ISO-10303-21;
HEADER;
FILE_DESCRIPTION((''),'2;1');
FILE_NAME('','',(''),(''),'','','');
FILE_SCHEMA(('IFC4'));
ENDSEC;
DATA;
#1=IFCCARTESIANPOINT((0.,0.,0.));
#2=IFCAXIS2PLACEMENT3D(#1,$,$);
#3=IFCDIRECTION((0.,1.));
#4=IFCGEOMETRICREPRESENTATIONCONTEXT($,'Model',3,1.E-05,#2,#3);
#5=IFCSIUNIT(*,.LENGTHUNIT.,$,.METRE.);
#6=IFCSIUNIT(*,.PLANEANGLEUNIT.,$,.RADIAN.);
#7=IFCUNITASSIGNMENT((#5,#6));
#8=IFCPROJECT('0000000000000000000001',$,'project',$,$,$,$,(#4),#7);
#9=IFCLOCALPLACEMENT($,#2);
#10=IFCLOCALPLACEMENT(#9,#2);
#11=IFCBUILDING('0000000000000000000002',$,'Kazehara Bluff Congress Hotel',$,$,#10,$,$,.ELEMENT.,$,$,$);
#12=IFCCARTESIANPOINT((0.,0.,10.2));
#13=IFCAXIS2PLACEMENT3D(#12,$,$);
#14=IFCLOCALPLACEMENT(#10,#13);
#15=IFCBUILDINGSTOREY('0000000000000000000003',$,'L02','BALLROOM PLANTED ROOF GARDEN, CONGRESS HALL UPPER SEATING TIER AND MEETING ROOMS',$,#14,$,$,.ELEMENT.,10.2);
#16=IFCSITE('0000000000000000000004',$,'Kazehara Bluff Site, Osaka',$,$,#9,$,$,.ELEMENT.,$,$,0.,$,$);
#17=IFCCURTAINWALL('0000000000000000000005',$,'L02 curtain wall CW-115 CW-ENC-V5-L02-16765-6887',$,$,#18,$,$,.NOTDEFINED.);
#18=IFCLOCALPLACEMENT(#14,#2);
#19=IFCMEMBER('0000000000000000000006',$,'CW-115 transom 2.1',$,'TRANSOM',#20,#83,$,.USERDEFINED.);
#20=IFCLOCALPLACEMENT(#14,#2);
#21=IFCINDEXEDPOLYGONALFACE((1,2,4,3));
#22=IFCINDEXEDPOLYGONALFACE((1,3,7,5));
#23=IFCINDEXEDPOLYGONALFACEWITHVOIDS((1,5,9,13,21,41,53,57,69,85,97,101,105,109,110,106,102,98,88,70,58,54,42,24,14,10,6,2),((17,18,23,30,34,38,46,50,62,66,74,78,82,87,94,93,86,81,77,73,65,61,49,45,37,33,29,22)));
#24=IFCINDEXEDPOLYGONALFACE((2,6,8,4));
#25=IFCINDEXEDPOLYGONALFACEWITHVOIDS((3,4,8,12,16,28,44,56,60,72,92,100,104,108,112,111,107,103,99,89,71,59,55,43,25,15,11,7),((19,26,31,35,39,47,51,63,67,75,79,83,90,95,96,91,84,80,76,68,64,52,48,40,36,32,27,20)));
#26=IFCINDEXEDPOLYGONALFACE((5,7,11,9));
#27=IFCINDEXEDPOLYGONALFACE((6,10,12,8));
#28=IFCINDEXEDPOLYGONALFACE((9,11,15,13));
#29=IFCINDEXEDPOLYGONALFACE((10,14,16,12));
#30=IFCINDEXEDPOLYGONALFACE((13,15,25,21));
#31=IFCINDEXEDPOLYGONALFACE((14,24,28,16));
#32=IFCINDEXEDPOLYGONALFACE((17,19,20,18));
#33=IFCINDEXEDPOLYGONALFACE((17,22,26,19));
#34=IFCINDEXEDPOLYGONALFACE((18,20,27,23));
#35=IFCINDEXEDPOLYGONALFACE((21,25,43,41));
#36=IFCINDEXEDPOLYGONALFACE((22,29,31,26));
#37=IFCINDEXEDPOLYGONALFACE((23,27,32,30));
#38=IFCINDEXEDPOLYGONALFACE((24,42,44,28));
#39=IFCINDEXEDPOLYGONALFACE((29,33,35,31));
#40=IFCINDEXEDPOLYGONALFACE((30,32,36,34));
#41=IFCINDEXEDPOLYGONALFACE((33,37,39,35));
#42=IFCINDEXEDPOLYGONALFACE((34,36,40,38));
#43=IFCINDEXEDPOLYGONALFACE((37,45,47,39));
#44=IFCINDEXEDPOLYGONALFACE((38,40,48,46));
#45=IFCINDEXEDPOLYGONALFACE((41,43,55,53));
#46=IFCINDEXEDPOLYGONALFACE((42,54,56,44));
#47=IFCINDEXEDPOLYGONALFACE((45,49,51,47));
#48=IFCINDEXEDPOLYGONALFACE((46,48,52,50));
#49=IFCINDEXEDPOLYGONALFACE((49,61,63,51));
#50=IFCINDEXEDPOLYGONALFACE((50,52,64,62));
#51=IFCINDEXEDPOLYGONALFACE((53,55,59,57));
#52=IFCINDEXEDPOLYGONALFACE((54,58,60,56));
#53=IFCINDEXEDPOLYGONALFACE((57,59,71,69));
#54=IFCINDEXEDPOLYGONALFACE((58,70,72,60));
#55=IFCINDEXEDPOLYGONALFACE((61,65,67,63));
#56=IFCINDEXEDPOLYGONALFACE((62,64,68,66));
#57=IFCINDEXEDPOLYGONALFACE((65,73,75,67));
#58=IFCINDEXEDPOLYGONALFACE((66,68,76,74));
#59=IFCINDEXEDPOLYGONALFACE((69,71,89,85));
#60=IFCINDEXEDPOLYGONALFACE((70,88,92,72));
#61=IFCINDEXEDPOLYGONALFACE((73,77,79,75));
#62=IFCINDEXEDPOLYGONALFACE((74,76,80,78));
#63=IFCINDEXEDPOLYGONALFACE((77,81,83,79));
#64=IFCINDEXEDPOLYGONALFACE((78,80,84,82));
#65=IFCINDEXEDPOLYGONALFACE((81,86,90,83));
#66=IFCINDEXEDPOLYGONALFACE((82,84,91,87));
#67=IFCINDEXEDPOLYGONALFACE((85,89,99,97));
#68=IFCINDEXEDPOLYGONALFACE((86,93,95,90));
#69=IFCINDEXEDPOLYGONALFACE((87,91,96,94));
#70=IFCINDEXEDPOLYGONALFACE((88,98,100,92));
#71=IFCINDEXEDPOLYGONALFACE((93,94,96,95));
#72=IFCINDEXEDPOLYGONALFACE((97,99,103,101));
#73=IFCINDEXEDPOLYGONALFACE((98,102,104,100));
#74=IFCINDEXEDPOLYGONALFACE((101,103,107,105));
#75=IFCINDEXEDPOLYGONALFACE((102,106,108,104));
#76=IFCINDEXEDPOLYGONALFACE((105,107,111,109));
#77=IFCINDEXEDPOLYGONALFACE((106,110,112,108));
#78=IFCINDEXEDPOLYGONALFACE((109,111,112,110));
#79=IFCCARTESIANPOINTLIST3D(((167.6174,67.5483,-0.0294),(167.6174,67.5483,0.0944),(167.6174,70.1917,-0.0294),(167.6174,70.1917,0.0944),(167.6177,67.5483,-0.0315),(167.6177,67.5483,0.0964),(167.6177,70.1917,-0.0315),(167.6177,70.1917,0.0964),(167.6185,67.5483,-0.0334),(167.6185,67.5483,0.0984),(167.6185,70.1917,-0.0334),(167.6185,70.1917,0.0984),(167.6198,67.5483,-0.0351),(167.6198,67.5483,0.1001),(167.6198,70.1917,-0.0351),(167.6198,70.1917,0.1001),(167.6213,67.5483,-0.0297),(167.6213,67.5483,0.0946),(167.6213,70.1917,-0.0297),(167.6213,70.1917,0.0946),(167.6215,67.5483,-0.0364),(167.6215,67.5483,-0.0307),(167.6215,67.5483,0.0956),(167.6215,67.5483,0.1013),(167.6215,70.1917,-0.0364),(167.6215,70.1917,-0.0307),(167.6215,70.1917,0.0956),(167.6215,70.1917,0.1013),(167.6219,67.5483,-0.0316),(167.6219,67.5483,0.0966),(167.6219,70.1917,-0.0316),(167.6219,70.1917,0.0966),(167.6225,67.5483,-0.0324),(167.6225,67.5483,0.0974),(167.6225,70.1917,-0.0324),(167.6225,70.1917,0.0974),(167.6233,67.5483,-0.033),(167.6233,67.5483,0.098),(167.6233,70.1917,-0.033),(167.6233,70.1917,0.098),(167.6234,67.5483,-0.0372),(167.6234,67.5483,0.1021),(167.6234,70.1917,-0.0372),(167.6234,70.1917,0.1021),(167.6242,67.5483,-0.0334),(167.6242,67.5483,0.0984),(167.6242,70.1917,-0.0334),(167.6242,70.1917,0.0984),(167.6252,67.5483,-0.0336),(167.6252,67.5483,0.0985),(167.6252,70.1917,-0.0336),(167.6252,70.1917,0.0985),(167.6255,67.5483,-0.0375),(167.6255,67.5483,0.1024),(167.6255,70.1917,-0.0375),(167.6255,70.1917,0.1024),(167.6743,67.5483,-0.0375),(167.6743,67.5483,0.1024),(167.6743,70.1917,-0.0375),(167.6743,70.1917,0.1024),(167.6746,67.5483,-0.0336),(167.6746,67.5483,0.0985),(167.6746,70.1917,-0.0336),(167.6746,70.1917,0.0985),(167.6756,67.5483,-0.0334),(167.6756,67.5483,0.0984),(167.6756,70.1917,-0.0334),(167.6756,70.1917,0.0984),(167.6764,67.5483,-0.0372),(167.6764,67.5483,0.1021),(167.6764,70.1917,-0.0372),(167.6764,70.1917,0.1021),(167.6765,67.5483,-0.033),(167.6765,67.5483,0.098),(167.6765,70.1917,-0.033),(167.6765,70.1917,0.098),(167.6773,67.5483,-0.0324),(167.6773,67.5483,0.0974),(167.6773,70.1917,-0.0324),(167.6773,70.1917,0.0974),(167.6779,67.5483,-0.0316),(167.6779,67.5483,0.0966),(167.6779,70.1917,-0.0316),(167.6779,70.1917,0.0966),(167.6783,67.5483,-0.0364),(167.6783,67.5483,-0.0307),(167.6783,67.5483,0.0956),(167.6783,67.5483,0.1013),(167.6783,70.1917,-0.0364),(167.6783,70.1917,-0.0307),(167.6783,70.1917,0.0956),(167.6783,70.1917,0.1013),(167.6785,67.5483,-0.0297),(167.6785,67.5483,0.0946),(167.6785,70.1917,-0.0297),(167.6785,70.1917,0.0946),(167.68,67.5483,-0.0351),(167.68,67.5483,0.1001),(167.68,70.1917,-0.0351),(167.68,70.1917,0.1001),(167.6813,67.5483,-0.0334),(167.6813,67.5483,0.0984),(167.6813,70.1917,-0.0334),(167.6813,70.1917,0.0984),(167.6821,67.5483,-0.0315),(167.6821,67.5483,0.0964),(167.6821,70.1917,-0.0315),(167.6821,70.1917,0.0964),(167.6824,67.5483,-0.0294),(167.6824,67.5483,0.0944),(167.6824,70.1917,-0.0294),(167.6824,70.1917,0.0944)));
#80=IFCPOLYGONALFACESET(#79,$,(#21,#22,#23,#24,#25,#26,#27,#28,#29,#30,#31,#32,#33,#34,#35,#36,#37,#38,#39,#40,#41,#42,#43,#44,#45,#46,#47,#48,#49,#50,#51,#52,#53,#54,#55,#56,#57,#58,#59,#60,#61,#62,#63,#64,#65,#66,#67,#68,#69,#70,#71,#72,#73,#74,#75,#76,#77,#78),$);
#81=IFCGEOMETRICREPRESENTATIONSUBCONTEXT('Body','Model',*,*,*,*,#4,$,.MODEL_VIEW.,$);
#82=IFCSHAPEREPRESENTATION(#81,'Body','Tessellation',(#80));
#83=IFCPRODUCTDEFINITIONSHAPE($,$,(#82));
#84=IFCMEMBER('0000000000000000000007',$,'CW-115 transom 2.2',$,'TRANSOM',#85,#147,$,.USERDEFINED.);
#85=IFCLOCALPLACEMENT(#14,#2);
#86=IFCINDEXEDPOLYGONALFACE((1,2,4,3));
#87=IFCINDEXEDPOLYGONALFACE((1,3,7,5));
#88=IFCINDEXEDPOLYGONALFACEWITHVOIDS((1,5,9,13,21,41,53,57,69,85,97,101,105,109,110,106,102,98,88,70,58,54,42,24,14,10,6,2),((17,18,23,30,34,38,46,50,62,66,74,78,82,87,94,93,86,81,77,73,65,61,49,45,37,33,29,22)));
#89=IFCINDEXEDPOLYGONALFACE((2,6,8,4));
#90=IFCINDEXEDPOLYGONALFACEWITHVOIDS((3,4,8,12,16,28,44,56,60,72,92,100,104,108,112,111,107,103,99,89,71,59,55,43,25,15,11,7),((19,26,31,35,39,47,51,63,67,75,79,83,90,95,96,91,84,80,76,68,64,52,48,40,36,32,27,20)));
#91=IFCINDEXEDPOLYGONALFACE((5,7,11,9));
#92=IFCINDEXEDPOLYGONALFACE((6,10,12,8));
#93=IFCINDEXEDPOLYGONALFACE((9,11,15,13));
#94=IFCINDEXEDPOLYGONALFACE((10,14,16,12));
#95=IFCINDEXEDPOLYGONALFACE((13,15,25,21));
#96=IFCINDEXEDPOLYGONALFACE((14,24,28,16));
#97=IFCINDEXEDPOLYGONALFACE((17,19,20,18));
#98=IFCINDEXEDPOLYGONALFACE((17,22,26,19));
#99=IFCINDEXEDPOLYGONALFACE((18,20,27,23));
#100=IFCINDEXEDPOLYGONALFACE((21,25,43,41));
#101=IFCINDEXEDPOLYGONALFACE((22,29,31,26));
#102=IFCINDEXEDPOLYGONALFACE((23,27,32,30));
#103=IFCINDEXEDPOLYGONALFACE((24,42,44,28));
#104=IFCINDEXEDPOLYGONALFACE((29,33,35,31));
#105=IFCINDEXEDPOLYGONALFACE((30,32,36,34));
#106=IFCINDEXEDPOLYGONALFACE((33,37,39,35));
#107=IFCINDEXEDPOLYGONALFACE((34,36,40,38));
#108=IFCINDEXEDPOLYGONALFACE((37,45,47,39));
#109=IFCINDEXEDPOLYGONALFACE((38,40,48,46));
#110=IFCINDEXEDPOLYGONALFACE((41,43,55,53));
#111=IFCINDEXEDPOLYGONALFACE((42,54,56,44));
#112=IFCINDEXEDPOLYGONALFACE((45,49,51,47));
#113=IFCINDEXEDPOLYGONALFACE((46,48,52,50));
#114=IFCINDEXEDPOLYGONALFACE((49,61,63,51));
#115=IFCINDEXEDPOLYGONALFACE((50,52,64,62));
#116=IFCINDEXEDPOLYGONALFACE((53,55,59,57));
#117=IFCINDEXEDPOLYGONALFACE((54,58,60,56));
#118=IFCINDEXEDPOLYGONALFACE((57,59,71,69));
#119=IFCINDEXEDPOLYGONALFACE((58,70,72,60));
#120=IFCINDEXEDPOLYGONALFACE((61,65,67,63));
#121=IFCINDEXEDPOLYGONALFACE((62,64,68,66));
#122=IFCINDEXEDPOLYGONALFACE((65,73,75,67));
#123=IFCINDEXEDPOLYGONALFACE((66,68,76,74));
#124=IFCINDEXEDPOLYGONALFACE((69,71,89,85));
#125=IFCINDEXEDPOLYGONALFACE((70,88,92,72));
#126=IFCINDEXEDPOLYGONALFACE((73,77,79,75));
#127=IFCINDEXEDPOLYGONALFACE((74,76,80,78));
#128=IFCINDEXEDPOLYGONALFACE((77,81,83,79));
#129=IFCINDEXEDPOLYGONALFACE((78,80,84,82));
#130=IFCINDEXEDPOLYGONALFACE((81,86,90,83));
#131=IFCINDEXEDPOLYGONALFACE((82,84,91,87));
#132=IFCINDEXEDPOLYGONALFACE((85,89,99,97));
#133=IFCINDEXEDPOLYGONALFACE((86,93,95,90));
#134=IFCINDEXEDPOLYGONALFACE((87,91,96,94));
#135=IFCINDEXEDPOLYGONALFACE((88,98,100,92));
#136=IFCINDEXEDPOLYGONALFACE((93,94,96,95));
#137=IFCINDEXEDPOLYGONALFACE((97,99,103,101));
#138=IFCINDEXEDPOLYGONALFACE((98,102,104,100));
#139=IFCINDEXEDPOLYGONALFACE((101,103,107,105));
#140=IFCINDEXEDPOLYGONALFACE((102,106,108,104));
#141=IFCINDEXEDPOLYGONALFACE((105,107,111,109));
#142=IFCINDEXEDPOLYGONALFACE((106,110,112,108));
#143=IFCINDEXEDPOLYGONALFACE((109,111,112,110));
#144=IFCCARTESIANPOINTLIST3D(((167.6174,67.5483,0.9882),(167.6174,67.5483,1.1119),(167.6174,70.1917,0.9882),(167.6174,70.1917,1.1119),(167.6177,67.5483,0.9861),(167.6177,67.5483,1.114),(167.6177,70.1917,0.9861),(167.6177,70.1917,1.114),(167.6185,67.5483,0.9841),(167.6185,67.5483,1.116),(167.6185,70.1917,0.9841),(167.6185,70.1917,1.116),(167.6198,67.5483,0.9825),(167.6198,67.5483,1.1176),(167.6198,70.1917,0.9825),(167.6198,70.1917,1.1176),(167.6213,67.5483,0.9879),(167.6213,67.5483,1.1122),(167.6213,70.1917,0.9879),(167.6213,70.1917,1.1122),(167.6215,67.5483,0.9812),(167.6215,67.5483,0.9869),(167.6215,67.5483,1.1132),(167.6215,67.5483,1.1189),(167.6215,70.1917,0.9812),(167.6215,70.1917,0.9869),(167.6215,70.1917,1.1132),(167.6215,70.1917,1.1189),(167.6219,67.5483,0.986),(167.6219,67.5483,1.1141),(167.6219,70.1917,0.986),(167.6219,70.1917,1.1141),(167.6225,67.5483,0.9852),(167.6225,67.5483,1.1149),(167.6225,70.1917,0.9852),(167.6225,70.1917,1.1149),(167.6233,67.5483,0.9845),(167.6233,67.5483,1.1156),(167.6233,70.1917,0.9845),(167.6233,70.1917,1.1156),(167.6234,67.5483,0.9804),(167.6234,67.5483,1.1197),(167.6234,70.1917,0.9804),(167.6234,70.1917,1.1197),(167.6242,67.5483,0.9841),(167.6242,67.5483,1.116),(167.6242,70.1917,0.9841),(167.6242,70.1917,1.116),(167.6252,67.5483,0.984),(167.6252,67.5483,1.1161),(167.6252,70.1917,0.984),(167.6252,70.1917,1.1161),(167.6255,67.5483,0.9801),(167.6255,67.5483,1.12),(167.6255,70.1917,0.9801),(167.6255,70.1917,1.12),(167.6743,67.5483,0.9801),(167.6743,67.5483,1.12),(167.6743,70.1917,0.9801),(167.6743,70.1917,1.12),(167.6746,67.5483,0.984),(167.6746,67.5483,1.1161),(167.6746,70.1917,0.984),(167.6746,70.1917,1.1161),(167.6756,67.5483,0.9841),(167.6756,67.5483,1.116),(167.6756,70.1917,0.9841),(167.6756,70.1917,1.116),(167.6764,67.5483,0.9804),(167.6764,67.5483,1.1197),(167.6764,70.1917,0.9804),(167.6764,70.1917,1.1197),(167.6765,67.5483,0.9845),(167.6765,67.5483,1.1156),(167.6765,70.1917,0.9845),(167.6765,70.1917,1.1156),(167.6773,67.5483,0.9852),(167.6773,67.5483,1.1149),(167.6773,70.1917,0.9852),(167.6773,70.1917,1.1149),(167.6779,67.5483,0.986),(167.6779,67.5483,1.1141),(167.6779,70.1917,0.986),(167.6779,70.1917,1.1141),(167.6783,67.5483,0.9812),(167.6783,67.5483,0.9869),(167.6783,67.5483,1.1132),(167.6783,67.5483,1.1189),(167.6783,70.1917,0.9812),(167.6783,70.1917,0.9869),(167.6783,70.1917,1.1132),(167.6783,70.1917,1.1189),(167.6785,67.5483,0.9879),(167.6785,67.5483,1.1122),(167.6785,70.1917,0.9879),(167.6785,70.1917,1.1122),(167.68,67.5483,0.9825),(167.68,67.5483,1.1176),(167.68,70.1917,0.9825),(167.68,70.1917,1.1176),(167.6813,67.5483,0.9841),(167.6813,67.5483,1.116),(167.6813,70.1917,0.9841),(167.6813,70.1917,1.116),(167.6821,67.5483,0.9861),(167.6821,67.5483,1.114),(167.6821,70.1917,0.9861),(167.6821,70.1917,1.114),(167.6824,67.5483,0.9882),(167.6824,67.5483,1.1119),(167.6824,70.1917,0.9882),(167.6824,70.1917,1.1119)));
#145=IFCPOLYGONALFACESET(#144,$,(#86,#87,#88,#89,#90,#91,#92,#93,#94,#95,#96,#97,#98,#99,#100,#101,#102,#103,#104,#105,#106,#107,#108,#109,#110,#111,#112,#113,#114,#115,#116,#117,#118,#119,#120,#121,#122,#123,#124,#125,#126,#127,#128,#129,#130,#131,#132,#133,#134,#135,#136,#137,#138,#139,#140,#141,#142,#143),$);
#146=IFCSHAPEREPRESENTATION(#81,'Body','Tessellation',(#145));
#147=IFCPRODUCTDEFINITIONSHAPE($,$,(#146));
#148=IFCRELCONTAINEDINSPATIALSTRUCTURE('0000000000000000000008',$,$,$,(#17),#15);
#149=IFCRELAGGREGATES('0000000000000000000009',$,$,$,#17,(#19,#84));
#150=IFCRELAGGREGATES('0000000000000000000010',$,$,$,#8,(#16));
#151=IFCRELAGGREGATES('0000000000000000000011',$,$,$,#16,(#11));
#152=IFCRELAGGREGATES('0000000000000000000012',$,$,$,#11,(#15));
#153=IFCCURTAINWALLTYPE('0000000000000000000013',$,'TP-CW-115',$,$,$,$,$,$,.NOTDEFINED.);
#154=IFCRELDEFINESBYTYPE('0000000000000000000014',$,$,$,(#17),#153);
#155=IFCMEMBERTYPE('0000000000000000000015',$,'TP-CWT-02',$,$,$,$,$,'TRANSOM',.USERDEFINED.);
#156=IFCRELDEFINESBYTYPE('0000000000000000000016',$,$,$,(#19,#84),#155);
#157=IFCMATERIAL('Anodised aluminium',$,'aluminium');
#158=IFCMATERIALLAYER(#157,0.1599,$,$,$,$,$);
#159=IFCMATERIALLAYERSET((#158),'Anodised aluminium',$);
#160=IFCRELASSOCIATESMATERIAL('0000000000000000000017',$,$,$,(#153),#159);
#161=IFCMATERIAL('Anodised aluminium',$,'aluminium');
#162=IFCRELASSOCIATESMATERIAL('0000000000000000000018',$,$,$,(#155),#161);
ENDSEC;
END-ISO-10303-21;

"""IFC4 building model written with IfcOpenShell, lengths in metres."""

from ifc_helpers import new_model, si_unit, direction, frame, origin, origin_2d, place, context, subcontext, project, spatial, hollow_rectangle, extrude, material, layer, layer_set, material_profile, profile_set, type_object, element, aggregate, save


model = new_model("IFC4")

# Units and contexts
model_context = context("Model", 3, precision=1e-05, world=origin(), true_north=direction((0.0, 1.0)))
body_context = subcontext(model_context, "Body", "Model", "MODEL_VIEW")
ifc_project = project(units=[si_unit("LENGTHUNIT", "METRE"), si_unit("PLANEANGLEUNIT", "RADIAN")], contexts=[model_context])

# Site, building, storey
site_placement = place(None, origin())
site = spatial("IfcSite", under=ifc_project, at=site_placement, Name="Kazehara Bluff Site, Osaka", CompositionType="ELEMENT", RefElevation=0.0)
building_placement = place(site_placement, origin())
building = spatial("IfcBuilding", under=site, at=building_placement, Name="Kazehara Bluff Congress Hotel", CompositionType="ELEMENT")
storey_placement = place(building_placement, frame((0.0, 0.0, 10.2)))
storey = spatial("IfcBuildingStorey", under=building, at=storey_placement, Name="L02", Description="BALLROOM PLANTED ROOF GARDEN, CONGRESS HALL UPPER SEATING TIER AND MEETING ROOMS", CompositionType="ELEMENT", Elevation=10.2)

# Curtain wall
ifc_material_1 = material(Name="Anodised aluminium", Category="aluminium")
ifc_layer_1 = layer(ifc_material_1, 0.1599)
ifc_layer_set_1 = layer_set([ifc_layer_1], Name="Anodised aluminium")
curtain_wall_type_1 = type_object("IfcCurtainWallType", Name="TP-CW-115", PredefinedType="NOTDEFINED", material=ifc_layer_set_1)
curtain_wall_1_placement = place(storey_placement, origin())
curtain_wall_1 = element("IfcCurtainWall", 1, at=curtain_wall_1_placement, inside=storey, type_object=curtain_wall_type_1, Name="L02 curtain wall CW-115 CW-ENC-V5-L02-16765-6887", PredefinedType="NOTDEFINED")

# Members
ifc_material_2 = material(Name="Anodised aluminium", Category="aluminium")
ifc_material_profile_1 = material_profile(ifc_material_2, hollow_rectangle(XDim=0.0649, YDim=0.1399, WallThickness=0.0039, InnerFilletRadius=0.0039, OuterFilletRadius=0.0081, at=origin_2d()))
ifc_profile_set_1 = profile_set([ifc_material_profile_1], Name="Anodised aluminium")
member_type_1 = type_object("IfcMemberType", Name="TP-CWT-02", ElementType="TRANSOM", PredefinedType="USERDEFINED", material=ifc_profile_set_1)
member_1_placement = place(storey_placement, frame((167.6499, 70.1917, 0.0325), z_axis=(0.0, -1.0, 0.0), x_axis=(1.0, 0.0, 0.0)))
member_1 = element("IfcMember", 2, at=member_1_placement, type_object=member_type_1, Name="CW-115 transom 2.1", ObjectType="TRANSOM", PredefinedType="USERDEFINED", context=body_context, shape_type="SweptSolid", body=[
    extrude(hollow_rectangle(XDim=0.0649, YDim=0.1399, WallThickness=0.0039, InnerFilletRadius=0.0039, OuterFilletRadius=0.0081, at=origin_2d()), origin(), (0.0, 0.0, 1.0), 2.6433),
])
member_2_placement = place(storey_placement, frame((167.6499, 70.1917, 1.05), z_axis=(0.0, -1.0, 0.0), x_axis=(1.0, 0.0, 0.0)))
member_2 = element("IfcMember", 3, at=member_2_placement, type_object=member_type_1, Name="CW-115 transom 2.2", ObjectType="TRANSOM", PredefinedType="USERDEFINED", context=body_context, shape_type="SweptSolid", body=[
    extrude(hollow_rectangle(XDim=0.0649, YDim=0.1399, WallThickness=0.0039, InnerFilletRadius=0.0039, OuterFilletRadius=0.0081, at=origin_2d()), origin(), (0.0, 0.0, 1.0), 2.6433),
])

aggregate(curtain_wall_1, [member_1, member_2])

save(model, "model.ifc")
